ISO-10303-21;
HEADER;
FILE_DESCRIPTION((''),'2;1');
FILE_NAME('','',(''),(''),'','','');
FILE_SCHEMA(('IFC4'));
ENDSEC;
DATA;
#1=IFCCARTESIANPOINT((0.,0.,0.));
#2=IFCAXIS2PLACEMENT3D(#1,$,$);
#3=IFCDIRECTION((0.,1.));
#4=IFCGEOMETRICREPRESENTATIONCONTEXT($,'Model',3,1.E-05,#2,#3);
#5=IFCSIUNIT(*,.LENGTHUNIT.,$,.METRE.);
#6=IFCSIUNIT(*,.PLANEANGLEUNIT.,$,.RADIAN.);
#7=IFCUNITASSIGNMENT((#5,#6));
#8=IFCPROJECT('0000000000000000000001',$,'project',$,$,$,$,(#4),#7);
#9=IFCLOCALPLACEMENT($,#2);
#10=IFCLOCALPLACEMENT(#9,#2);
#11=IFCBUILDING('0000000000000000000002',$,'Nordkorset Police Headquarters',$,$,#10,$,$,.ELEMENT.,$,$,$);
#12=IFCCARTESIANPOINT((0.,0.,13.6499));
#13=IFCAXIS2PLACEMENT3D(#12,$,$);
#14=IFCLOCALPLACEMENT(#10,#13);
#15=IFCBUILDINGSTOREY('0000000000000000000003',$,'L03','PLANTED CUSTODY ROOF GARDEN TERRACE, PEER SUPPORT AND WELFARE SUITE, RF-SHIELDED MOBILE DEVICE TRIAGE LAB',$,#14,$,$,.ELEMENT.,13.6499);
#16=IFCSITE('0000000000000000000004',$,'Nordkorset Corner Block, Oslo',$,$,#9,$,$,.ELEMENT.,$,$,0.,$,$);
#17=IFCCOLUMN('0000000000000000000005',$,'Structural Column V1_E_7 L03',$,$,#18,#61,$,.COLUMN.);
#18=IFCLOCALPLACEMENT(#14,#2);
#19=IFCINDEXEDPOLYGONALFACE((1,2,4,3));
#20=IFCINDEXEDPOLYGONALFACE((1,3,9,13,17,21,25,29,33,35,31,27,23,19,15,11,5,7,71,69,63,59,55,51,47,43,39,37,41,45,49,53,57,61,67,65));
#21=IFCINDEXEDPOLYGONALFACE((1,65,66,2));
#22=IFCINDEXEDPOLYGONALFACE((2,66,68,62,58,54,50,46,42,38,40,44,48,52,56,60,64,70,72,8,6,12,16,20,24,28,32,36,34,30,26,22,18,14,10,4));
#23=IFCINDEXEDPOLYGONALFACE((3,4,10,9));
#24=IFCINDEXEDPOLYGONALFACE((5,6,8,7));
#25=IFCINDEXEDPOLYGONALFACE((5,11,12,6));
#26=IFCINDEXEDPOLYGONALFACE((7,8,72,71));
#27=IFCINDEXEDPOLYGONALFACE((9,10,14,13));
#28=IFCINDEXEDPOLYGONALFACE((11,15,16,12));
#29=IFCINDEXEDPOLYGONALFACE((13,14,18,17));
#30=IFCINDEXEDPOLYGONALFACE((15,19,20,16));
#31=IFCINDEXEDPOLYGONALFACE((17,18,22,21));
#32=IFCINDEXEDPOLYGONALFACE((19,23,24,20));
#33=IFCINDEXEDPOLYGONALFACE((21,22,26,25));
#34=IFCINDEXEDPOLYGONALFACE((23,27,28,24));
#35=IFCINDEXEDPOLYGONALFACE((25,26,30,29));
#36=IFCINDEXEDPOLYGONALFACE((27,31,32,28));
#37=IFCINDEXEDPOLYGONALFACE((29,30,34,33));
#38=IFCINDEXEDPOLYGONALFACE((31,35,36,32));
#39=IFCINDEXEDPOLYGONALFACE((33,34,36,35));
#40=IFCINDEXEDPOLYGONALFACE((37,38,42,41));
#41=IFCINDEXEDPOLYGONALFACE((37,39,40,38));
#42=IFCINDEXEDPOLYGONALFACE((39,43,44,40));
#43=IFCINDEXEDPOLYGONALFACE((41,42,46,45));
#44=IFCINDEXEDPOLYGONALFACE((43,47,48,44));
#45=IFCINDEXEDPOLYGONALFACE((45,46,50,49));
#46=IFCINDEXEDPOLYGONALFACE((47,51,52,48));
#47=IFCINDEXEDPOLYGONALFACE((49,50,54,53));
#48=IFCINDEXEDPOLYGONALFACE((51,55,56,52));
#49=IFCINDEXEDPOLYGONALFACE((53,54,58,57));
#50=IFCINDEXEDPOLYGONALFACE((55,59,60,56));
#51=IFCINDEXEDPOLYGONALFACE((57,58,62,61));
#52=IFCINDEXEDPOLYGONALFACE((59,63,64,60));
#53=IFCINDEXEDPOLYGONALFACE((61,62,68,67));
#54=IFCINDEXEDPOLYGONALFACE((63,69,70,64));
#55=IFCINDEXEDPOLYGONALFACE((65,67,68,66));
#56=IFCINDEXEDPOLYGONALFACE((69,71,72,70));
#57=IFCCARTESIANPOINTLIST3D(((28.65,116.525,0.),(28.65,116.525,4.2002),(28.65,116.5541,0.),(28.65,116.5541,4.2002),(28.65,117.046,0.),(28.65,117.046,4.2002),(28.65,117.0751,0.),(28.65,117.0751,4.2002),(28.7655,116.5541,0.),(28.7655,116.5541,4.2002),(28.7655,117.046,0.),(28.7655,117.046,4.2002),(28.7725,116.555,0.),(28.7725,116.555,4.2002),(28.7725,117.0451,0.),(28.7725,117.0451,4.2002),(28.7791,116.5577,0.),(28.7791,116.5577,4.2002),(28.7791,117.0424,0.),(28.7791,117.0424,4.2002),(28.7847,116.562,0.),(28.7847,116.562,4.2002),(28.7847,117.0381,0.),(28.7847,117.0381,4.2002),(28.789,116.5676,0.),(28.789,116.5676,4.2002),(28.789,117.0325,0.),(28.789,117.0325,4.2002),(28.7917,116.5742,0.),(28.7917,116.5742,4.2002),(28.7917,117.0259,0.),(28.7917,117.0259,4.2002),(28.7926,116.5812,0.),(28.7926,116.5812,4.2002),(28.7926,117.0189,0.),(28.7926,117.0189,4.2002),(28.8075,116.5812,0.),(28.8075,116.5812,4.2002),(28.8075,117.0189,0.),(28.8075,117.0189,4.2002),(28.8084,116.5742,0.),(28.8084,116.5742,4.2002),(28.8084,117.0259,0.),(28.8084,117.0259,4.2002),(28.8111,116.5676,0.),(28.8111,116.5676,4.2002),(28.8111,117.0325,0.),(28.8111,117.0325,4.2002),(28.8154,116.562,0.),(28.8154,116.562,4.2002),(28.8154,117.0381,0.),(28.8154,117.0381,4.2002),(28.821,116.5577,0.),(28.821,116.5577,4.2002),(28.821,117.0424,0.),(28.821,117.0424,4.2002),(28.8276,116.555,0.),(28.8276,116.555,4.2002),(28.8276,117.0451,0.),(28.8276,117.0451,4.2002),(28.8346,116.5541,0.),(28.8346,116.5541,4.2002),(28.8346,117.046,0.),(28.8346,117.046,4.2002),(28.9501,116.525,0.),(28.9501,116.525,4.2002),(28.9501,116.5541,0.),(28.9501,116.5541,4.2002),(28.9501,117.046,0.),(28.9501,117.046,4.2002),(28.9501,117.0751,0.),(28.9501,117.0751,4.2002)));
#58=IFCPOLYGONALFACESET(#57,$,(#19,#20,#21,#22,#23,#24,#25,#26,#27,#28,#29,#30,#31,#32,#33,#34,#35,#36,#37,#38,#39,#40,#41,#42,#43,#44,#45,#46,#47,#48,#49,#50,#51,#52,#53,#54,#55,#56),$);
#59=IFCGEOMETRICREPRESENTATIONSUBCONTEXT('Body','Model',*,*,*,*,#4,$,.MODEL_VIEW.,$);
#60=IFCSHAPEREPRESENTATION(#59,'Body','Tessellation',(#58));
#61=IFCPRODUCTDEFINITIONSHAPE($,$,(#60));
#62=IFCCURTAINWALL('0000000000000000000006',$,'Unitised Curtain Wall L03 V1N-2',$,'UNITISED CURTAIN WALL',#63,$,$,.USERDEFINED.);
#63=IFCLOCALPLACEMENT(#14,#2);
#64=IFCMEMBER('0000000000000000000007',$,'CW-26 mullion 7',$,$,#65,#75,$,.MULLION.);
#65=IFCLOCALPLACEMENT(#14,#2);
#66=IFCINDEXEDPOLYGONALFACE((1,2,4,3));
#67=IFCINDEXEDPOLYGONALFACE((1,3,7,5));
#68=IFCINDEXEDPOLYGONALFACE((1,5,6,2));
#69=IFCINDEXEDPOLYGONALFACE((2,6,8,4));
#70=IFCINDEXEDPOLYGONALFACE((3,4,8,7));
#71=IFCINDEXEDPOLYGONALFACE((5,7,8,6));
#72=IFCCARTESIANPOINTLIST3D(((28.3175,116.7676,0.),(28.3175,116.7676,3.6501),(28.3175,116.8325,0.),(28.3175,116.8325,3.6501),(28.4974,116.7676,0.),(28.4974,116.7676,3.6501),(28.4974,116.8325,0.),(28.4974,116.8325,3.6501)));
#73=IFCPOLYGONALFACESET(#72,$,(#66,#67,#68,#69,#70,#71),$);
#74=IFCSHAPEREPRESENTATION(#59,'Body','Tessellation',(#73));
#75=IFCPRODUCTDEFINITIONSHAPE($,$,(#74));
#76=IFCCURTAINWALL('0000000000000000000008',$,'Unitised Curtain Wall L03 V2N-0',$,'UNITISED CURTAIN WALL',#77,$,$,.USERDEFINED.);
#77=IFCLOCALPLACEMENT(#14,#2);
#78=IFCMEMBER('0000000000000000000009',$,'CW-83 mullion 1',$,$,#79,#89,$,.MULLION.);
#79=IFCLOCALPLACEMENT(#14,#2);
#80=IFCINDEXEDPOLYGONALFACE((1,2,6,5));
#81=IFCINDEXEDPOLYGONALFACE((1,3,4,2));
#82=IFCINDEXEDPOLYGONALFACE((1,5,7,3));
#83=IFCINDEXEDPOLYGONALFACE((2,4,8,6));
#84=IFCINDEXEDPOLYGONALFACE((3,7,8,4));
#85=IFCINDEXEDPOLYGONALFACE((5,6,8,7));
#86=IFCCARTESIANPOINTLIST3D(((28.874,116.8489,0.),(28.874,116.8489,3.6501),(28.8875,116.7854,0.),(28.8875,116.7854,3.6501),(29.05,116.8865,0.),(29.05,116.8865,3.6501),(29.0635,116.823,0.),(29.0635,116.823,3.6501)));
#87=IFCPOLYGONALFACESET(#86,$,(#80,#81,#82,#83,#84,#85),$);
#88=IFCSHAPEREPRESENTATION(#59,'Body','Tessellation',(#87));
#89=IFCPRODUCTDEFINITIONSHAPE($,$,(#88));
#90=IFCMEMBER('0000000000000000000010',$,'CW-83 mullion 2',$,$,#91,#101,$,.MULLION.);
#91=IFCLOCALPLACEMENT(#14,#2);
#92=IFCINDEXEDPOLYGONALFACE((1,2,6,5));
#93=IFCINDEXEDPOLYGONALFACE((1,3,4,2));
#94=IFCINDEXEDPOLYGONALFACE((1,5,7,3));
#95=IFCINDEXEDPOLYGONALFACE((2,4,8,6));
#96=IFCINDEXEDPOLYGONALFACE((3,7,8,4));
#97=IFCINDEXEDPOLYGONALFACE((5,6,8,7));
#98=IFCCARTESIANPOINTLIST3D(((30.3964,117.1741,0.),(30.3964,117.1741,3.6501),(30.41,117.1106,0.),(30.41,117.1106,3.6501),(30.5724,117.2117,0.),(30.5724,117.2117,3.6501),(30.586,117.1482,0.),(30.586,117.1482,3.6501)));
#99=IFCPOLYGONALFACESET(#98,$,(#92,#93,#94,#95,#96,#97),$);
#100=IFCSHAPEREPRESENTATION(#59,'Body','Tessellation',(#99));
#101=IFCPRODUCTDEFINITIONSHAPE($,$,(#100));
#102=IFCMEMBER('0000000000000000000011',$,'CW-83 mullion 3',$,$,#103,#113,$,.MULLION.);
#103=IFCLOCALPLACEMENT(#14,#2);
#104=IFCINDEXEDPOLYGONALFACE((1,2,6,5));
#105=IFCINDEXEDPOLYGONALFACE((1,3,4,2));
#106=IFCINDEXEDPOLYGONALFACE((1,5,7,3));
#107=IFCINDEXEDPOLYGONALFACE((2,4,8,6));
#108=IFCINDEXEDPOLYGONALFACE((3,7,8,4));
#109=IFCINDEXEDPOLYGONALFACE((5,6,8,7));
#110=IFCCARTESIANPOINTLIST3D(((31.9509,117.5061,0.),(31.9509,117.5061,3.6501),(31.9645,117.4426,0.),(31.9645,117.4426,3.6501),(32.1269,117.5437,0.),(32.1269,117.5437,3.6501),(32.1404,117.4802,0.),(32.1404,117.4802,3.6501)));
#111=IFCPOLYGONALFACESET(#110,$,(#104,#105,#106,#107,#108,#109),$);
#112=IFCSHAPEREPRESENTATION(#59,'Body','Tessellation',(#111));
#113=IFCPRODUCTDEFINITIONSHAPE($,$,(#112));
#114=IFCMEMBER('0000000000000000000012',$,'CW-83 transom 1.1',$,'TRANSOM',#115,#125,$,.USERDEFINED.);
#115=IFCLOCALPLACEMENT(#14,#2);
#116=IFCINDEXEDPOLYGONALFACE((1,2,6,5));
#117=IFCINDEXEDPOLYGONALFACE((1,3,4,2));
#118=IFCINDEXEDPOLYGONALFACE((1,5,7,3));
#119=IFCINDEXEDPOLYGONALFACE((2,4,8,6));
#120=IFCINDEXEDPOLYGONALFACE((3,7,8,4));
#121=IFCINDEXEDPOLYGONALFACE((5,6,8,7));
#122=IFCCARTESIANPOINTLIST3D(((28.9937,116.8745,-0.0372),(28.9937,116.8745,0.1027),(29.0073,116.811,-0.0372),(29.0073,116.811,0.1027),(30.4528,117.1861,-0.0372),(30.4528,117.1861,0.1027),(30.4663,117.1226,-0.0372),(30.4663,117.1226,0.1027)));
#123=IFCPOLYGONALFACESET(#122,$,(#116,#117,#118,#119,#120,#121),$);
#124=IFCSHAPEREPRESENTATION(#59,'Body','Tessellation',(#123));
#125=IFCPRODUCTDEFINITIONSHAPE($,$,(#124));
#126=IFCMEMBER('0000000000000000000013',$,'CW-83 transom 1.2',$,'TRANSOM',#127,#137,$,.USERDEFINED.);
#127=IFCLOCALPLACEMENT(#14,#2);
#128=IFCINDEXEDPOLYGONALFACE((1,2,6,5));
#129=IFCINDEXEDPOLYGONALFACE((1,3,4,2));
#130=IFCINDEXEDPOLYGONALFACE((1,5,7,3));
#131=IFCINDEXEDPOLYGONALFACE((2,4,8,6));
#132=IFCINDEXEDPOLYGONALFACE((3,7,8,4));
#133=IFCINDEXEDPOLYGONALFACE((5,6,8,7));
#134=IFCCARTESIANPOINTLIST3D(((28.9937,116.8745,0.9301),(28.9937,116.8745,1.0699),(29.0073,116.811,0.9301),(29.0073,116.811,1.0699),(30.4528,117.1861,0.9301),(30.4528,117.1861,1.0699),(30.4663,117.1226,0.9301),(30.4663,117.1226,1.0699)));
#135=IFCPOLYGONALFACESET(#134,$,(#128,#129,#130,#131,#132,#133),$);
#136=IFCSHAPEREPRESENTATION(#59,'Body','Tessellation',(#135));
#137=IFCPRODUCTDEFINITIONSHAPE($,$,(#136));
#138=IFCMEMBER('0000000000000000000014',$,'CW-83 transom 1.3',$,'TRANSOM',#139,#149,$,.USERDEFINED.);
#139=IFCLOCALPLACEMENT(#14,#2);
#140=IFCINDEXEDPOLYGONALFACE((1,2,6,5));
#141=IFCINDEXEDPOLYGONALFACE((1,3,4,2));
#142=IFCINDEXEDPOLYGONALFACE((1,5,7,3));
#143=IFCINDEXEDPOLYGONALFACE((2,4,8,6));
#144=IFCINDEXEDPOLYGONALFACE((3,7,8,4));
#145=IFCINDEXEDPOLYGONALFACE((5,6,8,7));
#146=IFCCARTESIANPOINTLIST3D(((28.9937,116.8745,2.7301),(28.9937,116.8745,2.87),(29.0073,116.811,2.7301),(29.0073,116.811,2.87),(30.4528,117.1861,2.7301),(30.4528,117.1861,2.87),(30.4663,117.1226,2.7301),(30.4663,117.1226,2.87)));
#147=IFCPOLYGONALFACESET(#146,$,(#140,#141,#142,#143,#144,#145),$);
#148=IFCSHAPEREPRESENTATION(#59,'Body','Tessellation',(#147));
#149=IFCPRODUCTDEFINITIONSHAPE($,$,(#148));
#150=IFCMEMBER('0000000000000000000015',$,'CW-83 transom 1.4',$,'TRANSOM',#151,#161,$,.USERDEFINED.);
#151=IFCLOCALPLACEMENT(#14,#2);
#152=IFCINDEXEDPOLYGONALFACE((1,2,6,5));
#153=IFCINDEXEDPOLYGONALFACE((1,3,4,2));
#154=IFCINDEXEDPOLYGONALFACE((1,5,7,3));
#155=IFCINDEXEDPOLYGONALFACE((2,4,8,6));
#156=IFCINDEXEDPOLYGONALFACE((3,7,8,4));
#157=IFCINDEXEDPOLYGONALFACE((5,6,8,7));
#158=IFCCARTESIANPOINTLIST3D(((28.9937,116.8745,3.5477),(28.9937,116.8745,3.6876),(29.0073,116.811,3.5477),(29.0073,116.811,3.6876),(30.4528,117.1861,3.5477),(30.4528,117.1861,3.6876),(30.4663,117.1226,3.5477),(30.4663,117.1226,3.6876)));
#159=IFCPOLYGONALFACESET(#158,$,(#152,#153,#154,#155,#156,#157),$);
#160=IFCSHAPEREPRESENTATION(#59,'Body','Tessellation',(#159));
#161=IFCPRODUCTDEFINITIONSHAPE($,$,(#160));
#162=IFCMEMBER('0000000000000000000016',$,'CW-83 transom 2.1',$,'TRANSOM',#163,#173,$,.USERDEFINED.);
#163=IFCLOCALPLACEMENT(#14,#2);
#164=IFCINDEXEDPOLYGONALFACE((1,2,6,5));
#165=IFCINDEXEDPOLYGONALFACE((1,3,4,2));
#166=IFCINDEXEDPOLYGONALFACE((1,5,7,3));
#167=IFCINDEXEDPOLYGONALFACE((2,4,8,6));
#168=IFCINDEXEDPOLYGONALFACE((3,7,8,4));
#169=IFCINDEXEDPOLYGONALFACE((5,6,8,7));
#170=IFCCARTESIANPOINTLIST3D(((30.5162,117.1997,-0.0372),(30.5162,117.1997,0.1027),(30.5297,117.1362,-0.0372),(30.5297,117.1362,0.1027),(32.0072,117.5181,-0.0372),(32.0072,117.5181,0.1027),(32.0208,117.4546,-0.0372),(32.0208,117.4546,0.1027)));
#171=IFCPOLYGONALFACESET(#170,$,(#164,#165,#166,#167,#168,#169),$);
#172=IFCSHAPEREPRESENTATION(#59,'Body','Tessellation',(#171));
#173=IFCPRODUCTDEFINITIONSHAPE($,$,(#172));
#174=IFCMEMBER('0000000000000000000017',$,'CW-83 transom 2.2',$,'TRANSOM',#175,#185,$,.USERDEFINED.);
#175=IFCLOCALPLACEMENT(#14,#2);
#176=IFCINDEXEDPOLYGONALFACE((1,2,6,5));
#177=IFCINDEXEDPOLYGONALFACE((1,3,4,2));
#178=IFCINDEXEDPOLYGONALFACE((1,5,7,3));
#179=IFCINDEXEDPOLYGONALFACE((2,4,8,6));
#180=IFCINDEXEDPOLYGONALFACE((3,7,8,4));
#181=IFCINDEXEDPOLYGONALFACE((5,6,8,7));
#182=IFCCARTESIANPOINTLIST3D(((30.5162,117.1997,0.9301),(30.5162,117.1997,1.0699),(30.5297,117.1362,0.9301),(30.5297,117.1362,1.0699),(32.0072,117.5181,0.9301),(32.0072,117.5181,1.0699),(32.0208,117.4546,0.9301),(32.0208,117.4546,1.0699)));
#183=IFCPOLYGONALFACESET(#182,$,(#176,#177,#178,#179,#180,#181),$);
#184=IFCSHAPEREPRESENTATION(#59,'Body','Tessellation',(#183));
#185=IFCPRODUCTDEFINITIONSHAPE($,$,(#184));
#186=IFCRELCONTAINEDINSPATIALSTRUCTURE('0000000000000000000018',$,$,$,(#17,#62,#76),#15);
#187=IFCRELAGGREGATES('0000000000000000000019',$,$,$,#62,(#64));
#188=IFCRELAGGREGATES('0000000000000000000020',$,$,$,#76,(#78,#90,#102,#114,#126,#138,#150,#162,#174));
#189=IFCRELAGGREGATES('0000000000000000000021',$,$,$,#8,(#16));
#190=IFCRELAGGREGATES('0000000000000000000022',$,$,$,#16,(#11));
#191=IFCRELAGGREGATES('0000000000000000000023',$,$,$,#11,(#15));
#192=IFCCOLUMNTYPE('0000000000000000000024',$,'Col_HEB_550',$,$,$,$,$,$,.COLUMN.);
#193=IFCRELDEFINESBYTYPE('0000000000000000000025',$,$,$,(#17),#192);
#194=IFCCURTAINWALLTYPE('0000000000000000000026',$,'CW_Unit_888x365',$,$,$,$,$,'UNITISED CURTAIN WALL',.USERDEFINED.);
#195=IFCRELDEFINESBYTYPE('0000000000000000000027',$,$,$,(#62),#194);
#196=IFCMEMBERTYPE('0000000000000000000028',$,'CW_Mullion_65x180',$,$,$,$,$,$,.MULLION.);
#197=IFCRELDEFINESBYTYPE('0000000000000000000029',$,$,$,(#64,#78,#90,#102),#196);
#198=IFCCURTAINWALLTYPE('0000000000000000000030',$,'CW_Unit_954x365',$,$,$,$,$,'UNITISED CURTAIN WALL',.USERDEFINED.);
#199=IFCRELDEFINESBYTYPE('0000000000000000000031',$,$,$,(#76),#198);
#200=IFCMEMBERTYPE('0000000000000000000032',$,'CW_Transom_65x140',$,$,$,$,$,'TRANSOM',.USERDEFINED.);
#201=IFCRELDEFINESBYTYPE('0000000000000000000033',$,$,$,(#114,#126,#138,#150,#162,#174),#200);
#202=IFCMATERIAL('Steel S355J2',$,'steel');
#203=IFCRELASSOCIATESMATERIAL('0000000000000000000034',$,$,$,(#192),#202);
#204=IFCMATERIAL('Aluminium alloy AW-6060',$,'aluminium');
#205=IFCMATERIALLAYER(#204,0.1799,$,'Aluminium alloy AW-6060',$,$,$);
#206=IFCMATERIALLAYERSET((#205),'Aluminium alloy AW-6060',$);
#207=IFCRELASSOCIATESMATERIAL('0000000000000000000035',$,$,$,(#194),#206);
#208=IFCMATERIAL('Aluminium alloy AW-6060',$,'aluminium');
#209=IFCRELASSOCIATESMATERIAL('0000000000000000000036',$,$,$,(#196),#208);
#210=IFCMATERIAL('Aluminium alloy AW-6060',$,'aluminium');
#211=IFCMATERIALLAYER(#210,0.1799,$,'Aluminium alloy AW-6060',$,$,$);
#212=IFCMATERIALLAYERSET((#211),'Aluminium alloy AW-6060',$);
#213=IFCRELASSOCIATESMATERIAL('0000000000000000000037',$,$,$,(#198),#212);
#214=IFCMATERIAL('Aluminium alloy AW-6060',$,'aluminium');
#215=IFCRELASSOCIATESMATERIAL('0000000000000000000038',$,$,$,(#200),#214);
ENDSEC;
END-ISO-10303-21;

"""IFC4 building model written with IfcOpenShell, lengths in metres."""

from ifc_helpers import new_model, si_unit, direction, frame, origin, origin_2d, place, context, subcontext, project, spatial, rectangle, i_section, extrude, material, layer, layer_set, material_profile, profile_set, type_object, element, aggregate, save


model = new_model("IFC4")

# Units and contexts
model_context = context("Model", 3, precision=1e-05, world=origin(), true_north=direction((0.0, 1.0)))
body_context = subcontext(model_context, "Body", "Model", "MODEL_VIEW")
ifc_project = project(units=[si_unit("LENGTHUNIT", "METRE"), si_unit("PLANEANGLEUNIT", "RADIAN")], contexts=[model_context])

# Site, building, storey
site_placement = place(None, origin())
site = spatial("IfcSite", under=ifc_project, at=site_placement, Name="Nordkorset Corner Block, Oslo", CompositionType="ELEMENT", RefElevation=0.0)
building_placement = place(site_placement, origin())
building = spatial("IfcBuilding", under=site, at=building_placement, Name="Nordkorset Police Headquarters", CompositionType="ELEMENT")
storey_placement = place(building_placement, frame((0.0, 0.0, 13.6499)))
storey = spatial("IfcBuildingStorey", under=building, at=storey_placement, Name="L03", Description="PLANTED CUSTODY ROOF GARDEN TERRACE, PEER SUPPORT AND WELFARE SUITE, RF-SHIELDED MOBILE DEVICE TRIAGE LAB", CompositionType="ELEMENT", Elevation=13.6499)

# Column
ifc_material_1 = material(Name="Steel S355J2", Category="steel")
ifc_material_profile_1 = material_profile(ifc_material_1, i_section(OverallWidth=0.3, OverallDepth=0.55, WebThickness=0.0149, FlangeThickness=0.0291, FilletRadius=0.0271, at=origin_2d()), Name="HEB 550")
ifc_profile_set_1 = profile_set([ifc_material_profile_1], Name="Steel S355J2")
column_type = type_object("IfcColumnType", Name="Col_HEB_550", PredefinedType="COLUMN", material=ifc_profile_set_1)
column_placement = place(storey_placement, frame((28.8, 116.8, 0.0), z_axis=(0.0, 0.0, 1.0), x_axis=(1.0, 0.0, 0.0)))
element("IfcColumn", 1, at=column_placement, inside=storey, type_object=column_type, Name="Structural Column V1_E_7 L03", PredefinedType="COLUMN", context=body_context, shape_type="SweptSolid", body=[
    extrude(i_section(OverallWidth=0.3, OverallDepth=0.55, WebThickness=0.0149, FlangeThickness=0.0291, FilletRadius=0.0271, at=origin_2d()), origin(), (0.0, 0.0, 1.0), 4.2002),
])

# Curtain wall, member
ifc_material_2 = material(Name="Aluminium alloy AW-6060", Category="aluminium")
ifc_layer_1 = layer(ifc_material_2, 0.1799, Name="Aluminium alloy AW-6060")
ifc_layer_set_1 = layer_set([ifc_layer_1], Name="Aluminium alloy AW-6060")
curtain_wall_type_1 = type_object("IfcCurtainWallType", Name="CW_Unit_888x365", ElementType="UNITISED CURTAIN WALL", PredefinedType="USERDEFINED", material=ifc_layer_set_1)
curtain_wall_1_placement = place(storey_placement, origin())
curtain_wall_1 = element("IfcCurtainWall", 2, at=curtain_wall_1_placement, inside=storey, type_object=curtain_wall_type_1, Name="Unitised Curtain Wall L03 V1N-2", ObjectType="UNITISED CURTAIN WALL", PredefinedType="USERDEFINED")
ifc_material_3 = material(Name="Aluminium alloy AW-6060", Category="aluminium")
ifc_material_profile_2 = material_profile(ifc_material_3, rectangle(XDim=0.0649, YDim=0.1799, at=origin_2d()), Name="ALU MULL 65x180")
ifc_profile_set_2 = profile_set([ifc_material_profile_2], Name="Aluminium alloy AW-6060")
member_type_1 = type_object("IfcMemberType", Name="CW_Mullion_65x180", PredefinedType="MULLION", material=ifc_profile_set_2)
member_1_placement = place(storey_placement, frame((28.4075, 116.8, 0.0), z_axis=(0.0, 0.0, 1.0), x_axis=(0.0, 1.0, 0.0)))
member_1 = element("IfcMember", 3, at=member_1_placement, type_object=member_type_1, Name="CW-26 mullion 7", PredefinedType="MULLION", context=body_context, shape_type="SweptSolid", body=[
    extrude(rectangle(XDim=0.0649, YDim=0.1799, at=origin_2d()), origin(), (0.0, 0.0, 1.0), 3.6501),
])

# Curtain wall, members
ifc_material_4 = material(Name="Aluminium alloy AW-6060", Category="aluminium")
ifc_layer_2 = layer(ifc_material_4, 0.1799, Name="Aluminium alloy AW-6060")
ifc_layer_set_2 = layer_set([ifc_layer_2], Name="Aluminium alloy AW-6060")
curtain_wall_type_2 = type_object("IfcCurtainWallType", Name="CW_Unit_954x365", ElementType="UNITISED CURTAIN WALL", PredefinedType="USERDEFINED", material=ifc_layer_set_2)
curtain_wall_2_placement = place(storey_placement, origin())
curtain_wall_2 = element("IfcCurtainWall", 4, at=curtain_wall_2_placement, inside=storey, type_object=curtain_wall_type_2, Name="Unitised Curtain Wall L03 V2N-0", ObjectType="UNITISED CURTAIN WALL", PredefinedType="USERDEFINED")
member_2_placement = place(storey_placement, frame((28.9688, 116.8359, 0.0), z_axis=(0.0, 0.0, 1.0), x_axis=(-0.208833, 0.977951, 0.0)))
member_2 = element("IfcMember", 5, at=member_2_placement, type_object=member_type_1, Name="CW-83 mullion 1", PredefinedType="MULLION", context=body_context, shape_type="SweptSolid", body=[
    extrude(rectangle(XDim=0.0649, YDim=0.1799, at=origin_2d()), origin(), (0.0, 0.0, 1.0), 3.6501),
])
member_3_placement = place(storey_placement, frame((30.4912, 117.1611, 0.0), z_axis=(0.0, 0.0, 1.0), x_axis=(-0.208833, 0.977951, 0.0)))
member_3 = element("IfcMember", 6, at=member_3_placement, type_object=member_type_1, Name="CW-83 mullion 2", PredefinedType="MULLION", context=body_context, shape_type="SweptSolid", body=[
    extrude(rectangle(XDim=0.0649, YDim=0.1799, at=origin_2d()), origin(), (0.0, 0.0, 1.0), 3.6501),
])
member_4_placement = place(storey_placement, frame((32.0457, 117.4932, 0.0), z_axis=(0.0, 0.0, 1.0), x_axis=(-0.208833, 0.977951, 0.0)))
member_4 = element("IfcMember", 7, at=member_4_placement, type_object=member_type_1, Name="CW-83 mullion 3", PredefinedType="MULLION", context=body_context, shape_type="SweptSolid", body=[
    extrude(rectangle(XDim=0.0649, YDim=0.1799, at=origin_2d()), origin(), (0.0, 0.0, 1.0), 3.6501),
])
ifc_material_5 = material(Name="Aluminium alloy AW-6060", Category="aluminium")
ifc_material_profile_3 = material_profile(ifc_material_5, rectangle(XDim=0.0649, YDim=0.1399, at=origin_2d()), Name="ALU TRAN 65x140")
ifc_profile_set_3 = profile_set([ifc_material_profile_3], Name="Aluminium alloy AW-6060")
member_type_2 = type_object("IfcMemberType", Name="CW_Transom_65x140", ElementType="TRANSOM", PredefinedType="USERDEFINED", material=ifc_profile_set_3)
member_5_placement = place(storey_placement, frame((29.0005, 116.8428, 0.0327), z_axis=(0.977955, 0.208814, 0.0), x_axis=(-0.208814, 0.977955, 0.0)))
member_5 = element("IfcMember", 8, at=member_5_placement, type_object=member_type_2, Name="CW-83 transom 1.1", ObjectType="TRANSOM", PredefinedType="USERDEFINED", context=body_context, shape_type="SweptSolid", body=[
    extrude(rectangle(XDim=0.0649, YDim=0.1399, at=origin_2d()), origin(), (0.0, 0.0, 1.0), 1.4919),
])
member_6_placement = place(storey_placement, frame((29.0005, 116.8428, 1.0), z_axis=(0.977955, 0.208814, 0.0), x_axis=(-0.208814, 0.977955, 0.0)))
member_6 = element("IfcMember", 9, at=member_6_placement, type_object=member_type_2, Name="CW-83 transom 1.2", ObjectType="TRANSOM", PredefinedType="USERDEFINED", context=body_context, shape_type="SweptSolid", body=[
    extrude(rectangle(XDim=0.0649, YDim=0.1399, at=origin_2d()), origin(), (0.0, 0.0, 1.0), 1.4919),
])
member_7_placement = place(storey_placement, frame((29.0005, 116.8428, 2.8), z_axis=(0.977955, 0.208814, 0.0), x_axis=(-0.208814, 0.977955, 0.0)))
member_7 = element("IfcMember", 10, at=member_7_placement, type_object=member_type_2, Name="CW-83 transom 1.3", ObjectType="TRANSOM", PredefinedType="USERDEFINED", context=body_context, shape_type="SweptSolid", body=[
    extrude(rectangle(XDim=0.0649, YDim=0.1399, at=origin_2d()), origin(), (0.0, 0.0, 1.0), 1.4919),
])
member_8_placement = place(storey_placement, frame((29.0005, 116.8428, 3.6177), z_axis=(0.977955, 0.208814, 0.0), x_axis=(-0.208814, 0.977955, 0.0)))
member_8 = element("IfcMember", 11, at=member_8_placement, type_object=member_type_2, Name="CW-83 transom 1.4", ObjectType="TRANSOM", PredefinedType="USERDEFINED", context=body_context, shape_type="SweptSolid", body=[
    extrude(rectangle(XDim=0.0649, YDim=0.1399, at=origin_2d()), origin(), (0.0, 0.0, 1.0), 1.4919),
])
member_9_placement = place(storey_placement, frame((30.5229, 117.168, 0.0327), z_axis=(0.977954, 0.208818, 0.0), x_axis=(-0.208818, 0.977954, 0.0)))
member_9 = element("IfcMember", 12, at=member_9_placement, type_object=member_type_2, Name="CW-83 transom 2.1", ObjectType="TRANSOM", PredefinedType="USERDEFINED", context=body_context, shape_type="SweptSolid", body=[
    extrude(rectangle(XDim=0.0649, YDim=0.1399, at=origin_2d()), origin(), (0.0, 0.0, 1.0), 1.5247),
])
member_10_placement = place(storey_placement, frame((30.5229, 117.168, 1.0), z_axis=(0.977954, 0.208818, 0.0), x_axis=(-0.208818, 0.977954, 0.0)))
member_10 = element("IfcMember", 13, at=member_10_placement, type_object=member_type_2, Name="CW-83 transom 2.2", ObjectType="TRANSOM", PredefinedType="USERDEFINED", context=body_context, shape_type="SweptSolid", body=[
    extrude(rectangle(XDim=0.0649, YDim=0.1399, at=origin_2d()), origin(), (0.0, 0.0, 1.0), 1.5247),
])

aggregate(curtain_wall_1, [member_1])
aggregate(curtain_wall_2, [member_2, member_3, member_4, member_5, member_6, member_7, member_8, member_9, member_10])

save(model, "model.ifc")
